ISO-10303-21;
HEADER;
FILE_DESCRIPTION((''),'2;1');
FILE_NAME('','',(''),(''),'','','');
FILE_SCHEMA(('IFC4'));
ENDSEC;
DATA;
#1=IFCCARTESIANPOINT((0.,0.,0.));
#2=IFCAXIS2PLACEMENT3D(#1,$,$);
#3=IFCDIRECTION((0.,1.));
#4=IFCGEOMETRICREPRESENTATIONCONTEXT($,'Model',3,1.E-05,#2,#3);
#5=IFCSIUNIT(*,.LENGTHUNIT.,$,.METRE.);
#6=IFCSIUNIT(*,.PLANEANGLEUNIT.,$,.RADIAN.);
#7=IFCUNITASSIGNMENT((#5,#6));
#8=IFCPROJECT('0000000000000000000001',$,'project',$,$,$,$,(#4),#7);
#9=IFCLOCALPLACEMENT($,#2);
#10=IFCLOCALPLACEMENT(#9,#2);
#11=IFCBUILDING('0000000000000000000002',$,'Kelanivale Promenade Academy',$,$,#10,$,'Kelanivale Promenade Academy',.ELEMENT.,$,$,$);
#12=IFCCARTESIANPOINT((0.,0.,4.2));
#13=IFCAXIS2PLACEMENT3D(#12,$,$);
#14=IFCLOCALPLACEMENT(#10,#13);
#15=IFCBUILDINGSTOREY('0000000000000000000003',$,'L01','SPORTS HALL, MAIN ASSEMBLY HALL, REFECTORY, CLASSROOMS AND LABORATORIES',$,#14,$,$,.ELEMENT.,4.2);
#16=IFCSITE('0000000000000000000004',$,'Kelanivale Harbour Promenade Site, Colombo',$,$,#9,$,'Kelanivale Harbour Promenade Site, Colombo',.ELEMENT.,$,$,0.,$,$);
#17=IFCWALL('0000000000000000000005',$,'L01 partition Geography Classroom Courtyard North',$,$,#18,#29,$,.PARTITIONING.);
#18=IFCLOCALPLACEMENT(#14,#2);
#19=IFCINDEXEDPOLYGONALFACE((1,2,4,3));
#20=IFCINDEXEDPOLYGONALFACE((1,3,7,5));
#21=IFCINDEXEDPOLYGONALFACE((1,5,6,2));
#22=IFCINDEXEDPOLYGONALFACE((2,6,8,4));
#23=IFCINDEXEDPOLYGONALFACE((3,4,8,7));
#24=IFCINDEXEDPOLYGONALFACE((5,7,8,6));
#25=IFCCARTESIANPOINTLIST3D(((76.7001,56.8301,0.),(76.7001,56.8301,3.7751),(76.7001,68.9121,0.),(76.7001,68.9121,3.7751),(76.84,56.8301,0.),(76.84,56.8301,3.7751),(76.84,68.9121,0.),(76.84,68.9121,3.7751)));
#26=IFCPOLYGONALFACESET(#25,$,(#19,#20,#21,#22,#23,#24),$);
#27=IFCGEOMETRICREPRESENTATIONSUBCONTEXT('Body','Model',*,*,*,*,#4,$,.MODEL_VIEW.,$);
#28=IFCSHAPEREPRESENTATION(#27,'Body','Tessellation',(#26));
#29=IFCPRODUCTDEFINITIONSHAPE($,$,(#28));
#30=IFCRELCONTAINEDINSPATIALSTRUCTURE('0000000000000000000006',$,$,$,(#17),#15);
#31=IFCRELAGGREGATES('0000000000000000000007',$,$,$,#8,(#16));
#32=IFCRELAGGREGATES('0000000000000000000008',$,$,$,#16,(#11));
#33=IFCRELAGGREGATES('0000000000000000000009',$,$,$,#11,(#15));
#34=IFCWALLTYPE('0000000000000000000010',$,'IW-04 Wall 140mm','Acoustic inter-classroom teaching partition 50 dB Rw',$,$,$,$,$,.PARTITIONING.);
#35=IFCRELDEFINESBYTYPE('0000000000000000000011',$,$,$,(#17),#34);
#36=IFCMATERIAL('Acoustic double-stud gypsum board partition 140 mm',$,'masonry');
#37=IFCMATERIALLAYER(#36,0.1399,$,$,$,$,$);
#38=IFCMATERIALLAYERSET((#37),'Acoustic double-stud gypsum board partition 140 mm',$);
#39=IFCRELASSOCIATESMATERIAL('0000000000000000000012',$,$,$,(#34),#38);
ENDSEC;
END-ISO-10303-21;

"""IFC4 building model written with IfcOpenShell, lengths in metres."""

from ifc_helpers import new_model, si_unit, direction, frame, frame_2d, origin, place, context, subcontext, project, spatial, rectangle, extrude, material, layer, layer_set, type_object, element, save


model = new_model("IFC4")

# Units and contexts
model_context = context("Model", 3, precision=1e-05, world=origin(), true_north=direction((0.0, 1.0)))
body_context = subcontext(model_context, "Body", "Model", "MODEL_VIEW")
ifc_project = project(units=[si_unit("LENGTHUNIT", "METRE"), si_unit("PLANEANGLEUNIT", "RADIAN")], contexts=[model_context])

# Site, building, storey
site_placement = place(None, origin())
site = spatial("IfcSite", under=ifc_project, at=site_placement, Name="Kelanivale Harbour Promenade Site, Colombo", LongName="Kelanivale Harbour Promenade Site, Colombo", CompositionType="ELEMENT", RefElevation=0.0)
building_placement = place(site_placement, origin())
building = spatial("IfcBuilding", under=site, at=building_placement, Name="Kelanivale Promenade Academy", LongName="Kelanivale Promenade Academy", CompositionType="ELEMENT")
storey_placement = place(building_placement, frame((0.0, 0.0, 4.2)))
storey = spatial("IfcBuildingStorey", under=building, at=storey_placement, Name="L01", Description="SPORTS HALL, MAIN ASSEMBLY HALL, REFECTORY, CLASSROOMS AND LABORATORIES", CompositionType="ELEMENT", Elevation=4.2)

# Wall
ifc_material_1 = material(Name="Acoustic double-stud gypsum board partition 140 mm", Category="masonry")
ifc_layer_1 = layer(ifc_material_1, 0.1399)
ifc_layer_set_1 = layer_set([ifc_layer_1], Name="Acoustic double-stud gypsum board partition 140 mm")
wall_type_1 = type_object("IfcWallType", Name="IW-04 Wall 140mm", Description="Acoustic inter-classroom teaching partition 50 dB Rw", PredefinedType="PARTITIONING", material=ifc_layer_set_1)
wall_1_placement = place(storey_placement, frame((76.77, 56.8301, 0.0), z_axis=(0.0, 0.0, 1.0), x_axis=(0.0, 1.0, 0.0)))
element("IfcWall", 1, at=wall_1_placement, inside=storey, type_object=wall_type_1, Name="L01 partition Geography Classroom Courtyard North", PredefinedType="PARTITIONING", context=body_context, shape_type="SweptSolid", body=[
    extrude(rectangle(XDim=12.082, YDim=0.1399, at=frame_2d((6.041, 0.0))), origin(), (0.0, 0.0, 1.0), 3.7751),
])

save(model, "model.ifc")
